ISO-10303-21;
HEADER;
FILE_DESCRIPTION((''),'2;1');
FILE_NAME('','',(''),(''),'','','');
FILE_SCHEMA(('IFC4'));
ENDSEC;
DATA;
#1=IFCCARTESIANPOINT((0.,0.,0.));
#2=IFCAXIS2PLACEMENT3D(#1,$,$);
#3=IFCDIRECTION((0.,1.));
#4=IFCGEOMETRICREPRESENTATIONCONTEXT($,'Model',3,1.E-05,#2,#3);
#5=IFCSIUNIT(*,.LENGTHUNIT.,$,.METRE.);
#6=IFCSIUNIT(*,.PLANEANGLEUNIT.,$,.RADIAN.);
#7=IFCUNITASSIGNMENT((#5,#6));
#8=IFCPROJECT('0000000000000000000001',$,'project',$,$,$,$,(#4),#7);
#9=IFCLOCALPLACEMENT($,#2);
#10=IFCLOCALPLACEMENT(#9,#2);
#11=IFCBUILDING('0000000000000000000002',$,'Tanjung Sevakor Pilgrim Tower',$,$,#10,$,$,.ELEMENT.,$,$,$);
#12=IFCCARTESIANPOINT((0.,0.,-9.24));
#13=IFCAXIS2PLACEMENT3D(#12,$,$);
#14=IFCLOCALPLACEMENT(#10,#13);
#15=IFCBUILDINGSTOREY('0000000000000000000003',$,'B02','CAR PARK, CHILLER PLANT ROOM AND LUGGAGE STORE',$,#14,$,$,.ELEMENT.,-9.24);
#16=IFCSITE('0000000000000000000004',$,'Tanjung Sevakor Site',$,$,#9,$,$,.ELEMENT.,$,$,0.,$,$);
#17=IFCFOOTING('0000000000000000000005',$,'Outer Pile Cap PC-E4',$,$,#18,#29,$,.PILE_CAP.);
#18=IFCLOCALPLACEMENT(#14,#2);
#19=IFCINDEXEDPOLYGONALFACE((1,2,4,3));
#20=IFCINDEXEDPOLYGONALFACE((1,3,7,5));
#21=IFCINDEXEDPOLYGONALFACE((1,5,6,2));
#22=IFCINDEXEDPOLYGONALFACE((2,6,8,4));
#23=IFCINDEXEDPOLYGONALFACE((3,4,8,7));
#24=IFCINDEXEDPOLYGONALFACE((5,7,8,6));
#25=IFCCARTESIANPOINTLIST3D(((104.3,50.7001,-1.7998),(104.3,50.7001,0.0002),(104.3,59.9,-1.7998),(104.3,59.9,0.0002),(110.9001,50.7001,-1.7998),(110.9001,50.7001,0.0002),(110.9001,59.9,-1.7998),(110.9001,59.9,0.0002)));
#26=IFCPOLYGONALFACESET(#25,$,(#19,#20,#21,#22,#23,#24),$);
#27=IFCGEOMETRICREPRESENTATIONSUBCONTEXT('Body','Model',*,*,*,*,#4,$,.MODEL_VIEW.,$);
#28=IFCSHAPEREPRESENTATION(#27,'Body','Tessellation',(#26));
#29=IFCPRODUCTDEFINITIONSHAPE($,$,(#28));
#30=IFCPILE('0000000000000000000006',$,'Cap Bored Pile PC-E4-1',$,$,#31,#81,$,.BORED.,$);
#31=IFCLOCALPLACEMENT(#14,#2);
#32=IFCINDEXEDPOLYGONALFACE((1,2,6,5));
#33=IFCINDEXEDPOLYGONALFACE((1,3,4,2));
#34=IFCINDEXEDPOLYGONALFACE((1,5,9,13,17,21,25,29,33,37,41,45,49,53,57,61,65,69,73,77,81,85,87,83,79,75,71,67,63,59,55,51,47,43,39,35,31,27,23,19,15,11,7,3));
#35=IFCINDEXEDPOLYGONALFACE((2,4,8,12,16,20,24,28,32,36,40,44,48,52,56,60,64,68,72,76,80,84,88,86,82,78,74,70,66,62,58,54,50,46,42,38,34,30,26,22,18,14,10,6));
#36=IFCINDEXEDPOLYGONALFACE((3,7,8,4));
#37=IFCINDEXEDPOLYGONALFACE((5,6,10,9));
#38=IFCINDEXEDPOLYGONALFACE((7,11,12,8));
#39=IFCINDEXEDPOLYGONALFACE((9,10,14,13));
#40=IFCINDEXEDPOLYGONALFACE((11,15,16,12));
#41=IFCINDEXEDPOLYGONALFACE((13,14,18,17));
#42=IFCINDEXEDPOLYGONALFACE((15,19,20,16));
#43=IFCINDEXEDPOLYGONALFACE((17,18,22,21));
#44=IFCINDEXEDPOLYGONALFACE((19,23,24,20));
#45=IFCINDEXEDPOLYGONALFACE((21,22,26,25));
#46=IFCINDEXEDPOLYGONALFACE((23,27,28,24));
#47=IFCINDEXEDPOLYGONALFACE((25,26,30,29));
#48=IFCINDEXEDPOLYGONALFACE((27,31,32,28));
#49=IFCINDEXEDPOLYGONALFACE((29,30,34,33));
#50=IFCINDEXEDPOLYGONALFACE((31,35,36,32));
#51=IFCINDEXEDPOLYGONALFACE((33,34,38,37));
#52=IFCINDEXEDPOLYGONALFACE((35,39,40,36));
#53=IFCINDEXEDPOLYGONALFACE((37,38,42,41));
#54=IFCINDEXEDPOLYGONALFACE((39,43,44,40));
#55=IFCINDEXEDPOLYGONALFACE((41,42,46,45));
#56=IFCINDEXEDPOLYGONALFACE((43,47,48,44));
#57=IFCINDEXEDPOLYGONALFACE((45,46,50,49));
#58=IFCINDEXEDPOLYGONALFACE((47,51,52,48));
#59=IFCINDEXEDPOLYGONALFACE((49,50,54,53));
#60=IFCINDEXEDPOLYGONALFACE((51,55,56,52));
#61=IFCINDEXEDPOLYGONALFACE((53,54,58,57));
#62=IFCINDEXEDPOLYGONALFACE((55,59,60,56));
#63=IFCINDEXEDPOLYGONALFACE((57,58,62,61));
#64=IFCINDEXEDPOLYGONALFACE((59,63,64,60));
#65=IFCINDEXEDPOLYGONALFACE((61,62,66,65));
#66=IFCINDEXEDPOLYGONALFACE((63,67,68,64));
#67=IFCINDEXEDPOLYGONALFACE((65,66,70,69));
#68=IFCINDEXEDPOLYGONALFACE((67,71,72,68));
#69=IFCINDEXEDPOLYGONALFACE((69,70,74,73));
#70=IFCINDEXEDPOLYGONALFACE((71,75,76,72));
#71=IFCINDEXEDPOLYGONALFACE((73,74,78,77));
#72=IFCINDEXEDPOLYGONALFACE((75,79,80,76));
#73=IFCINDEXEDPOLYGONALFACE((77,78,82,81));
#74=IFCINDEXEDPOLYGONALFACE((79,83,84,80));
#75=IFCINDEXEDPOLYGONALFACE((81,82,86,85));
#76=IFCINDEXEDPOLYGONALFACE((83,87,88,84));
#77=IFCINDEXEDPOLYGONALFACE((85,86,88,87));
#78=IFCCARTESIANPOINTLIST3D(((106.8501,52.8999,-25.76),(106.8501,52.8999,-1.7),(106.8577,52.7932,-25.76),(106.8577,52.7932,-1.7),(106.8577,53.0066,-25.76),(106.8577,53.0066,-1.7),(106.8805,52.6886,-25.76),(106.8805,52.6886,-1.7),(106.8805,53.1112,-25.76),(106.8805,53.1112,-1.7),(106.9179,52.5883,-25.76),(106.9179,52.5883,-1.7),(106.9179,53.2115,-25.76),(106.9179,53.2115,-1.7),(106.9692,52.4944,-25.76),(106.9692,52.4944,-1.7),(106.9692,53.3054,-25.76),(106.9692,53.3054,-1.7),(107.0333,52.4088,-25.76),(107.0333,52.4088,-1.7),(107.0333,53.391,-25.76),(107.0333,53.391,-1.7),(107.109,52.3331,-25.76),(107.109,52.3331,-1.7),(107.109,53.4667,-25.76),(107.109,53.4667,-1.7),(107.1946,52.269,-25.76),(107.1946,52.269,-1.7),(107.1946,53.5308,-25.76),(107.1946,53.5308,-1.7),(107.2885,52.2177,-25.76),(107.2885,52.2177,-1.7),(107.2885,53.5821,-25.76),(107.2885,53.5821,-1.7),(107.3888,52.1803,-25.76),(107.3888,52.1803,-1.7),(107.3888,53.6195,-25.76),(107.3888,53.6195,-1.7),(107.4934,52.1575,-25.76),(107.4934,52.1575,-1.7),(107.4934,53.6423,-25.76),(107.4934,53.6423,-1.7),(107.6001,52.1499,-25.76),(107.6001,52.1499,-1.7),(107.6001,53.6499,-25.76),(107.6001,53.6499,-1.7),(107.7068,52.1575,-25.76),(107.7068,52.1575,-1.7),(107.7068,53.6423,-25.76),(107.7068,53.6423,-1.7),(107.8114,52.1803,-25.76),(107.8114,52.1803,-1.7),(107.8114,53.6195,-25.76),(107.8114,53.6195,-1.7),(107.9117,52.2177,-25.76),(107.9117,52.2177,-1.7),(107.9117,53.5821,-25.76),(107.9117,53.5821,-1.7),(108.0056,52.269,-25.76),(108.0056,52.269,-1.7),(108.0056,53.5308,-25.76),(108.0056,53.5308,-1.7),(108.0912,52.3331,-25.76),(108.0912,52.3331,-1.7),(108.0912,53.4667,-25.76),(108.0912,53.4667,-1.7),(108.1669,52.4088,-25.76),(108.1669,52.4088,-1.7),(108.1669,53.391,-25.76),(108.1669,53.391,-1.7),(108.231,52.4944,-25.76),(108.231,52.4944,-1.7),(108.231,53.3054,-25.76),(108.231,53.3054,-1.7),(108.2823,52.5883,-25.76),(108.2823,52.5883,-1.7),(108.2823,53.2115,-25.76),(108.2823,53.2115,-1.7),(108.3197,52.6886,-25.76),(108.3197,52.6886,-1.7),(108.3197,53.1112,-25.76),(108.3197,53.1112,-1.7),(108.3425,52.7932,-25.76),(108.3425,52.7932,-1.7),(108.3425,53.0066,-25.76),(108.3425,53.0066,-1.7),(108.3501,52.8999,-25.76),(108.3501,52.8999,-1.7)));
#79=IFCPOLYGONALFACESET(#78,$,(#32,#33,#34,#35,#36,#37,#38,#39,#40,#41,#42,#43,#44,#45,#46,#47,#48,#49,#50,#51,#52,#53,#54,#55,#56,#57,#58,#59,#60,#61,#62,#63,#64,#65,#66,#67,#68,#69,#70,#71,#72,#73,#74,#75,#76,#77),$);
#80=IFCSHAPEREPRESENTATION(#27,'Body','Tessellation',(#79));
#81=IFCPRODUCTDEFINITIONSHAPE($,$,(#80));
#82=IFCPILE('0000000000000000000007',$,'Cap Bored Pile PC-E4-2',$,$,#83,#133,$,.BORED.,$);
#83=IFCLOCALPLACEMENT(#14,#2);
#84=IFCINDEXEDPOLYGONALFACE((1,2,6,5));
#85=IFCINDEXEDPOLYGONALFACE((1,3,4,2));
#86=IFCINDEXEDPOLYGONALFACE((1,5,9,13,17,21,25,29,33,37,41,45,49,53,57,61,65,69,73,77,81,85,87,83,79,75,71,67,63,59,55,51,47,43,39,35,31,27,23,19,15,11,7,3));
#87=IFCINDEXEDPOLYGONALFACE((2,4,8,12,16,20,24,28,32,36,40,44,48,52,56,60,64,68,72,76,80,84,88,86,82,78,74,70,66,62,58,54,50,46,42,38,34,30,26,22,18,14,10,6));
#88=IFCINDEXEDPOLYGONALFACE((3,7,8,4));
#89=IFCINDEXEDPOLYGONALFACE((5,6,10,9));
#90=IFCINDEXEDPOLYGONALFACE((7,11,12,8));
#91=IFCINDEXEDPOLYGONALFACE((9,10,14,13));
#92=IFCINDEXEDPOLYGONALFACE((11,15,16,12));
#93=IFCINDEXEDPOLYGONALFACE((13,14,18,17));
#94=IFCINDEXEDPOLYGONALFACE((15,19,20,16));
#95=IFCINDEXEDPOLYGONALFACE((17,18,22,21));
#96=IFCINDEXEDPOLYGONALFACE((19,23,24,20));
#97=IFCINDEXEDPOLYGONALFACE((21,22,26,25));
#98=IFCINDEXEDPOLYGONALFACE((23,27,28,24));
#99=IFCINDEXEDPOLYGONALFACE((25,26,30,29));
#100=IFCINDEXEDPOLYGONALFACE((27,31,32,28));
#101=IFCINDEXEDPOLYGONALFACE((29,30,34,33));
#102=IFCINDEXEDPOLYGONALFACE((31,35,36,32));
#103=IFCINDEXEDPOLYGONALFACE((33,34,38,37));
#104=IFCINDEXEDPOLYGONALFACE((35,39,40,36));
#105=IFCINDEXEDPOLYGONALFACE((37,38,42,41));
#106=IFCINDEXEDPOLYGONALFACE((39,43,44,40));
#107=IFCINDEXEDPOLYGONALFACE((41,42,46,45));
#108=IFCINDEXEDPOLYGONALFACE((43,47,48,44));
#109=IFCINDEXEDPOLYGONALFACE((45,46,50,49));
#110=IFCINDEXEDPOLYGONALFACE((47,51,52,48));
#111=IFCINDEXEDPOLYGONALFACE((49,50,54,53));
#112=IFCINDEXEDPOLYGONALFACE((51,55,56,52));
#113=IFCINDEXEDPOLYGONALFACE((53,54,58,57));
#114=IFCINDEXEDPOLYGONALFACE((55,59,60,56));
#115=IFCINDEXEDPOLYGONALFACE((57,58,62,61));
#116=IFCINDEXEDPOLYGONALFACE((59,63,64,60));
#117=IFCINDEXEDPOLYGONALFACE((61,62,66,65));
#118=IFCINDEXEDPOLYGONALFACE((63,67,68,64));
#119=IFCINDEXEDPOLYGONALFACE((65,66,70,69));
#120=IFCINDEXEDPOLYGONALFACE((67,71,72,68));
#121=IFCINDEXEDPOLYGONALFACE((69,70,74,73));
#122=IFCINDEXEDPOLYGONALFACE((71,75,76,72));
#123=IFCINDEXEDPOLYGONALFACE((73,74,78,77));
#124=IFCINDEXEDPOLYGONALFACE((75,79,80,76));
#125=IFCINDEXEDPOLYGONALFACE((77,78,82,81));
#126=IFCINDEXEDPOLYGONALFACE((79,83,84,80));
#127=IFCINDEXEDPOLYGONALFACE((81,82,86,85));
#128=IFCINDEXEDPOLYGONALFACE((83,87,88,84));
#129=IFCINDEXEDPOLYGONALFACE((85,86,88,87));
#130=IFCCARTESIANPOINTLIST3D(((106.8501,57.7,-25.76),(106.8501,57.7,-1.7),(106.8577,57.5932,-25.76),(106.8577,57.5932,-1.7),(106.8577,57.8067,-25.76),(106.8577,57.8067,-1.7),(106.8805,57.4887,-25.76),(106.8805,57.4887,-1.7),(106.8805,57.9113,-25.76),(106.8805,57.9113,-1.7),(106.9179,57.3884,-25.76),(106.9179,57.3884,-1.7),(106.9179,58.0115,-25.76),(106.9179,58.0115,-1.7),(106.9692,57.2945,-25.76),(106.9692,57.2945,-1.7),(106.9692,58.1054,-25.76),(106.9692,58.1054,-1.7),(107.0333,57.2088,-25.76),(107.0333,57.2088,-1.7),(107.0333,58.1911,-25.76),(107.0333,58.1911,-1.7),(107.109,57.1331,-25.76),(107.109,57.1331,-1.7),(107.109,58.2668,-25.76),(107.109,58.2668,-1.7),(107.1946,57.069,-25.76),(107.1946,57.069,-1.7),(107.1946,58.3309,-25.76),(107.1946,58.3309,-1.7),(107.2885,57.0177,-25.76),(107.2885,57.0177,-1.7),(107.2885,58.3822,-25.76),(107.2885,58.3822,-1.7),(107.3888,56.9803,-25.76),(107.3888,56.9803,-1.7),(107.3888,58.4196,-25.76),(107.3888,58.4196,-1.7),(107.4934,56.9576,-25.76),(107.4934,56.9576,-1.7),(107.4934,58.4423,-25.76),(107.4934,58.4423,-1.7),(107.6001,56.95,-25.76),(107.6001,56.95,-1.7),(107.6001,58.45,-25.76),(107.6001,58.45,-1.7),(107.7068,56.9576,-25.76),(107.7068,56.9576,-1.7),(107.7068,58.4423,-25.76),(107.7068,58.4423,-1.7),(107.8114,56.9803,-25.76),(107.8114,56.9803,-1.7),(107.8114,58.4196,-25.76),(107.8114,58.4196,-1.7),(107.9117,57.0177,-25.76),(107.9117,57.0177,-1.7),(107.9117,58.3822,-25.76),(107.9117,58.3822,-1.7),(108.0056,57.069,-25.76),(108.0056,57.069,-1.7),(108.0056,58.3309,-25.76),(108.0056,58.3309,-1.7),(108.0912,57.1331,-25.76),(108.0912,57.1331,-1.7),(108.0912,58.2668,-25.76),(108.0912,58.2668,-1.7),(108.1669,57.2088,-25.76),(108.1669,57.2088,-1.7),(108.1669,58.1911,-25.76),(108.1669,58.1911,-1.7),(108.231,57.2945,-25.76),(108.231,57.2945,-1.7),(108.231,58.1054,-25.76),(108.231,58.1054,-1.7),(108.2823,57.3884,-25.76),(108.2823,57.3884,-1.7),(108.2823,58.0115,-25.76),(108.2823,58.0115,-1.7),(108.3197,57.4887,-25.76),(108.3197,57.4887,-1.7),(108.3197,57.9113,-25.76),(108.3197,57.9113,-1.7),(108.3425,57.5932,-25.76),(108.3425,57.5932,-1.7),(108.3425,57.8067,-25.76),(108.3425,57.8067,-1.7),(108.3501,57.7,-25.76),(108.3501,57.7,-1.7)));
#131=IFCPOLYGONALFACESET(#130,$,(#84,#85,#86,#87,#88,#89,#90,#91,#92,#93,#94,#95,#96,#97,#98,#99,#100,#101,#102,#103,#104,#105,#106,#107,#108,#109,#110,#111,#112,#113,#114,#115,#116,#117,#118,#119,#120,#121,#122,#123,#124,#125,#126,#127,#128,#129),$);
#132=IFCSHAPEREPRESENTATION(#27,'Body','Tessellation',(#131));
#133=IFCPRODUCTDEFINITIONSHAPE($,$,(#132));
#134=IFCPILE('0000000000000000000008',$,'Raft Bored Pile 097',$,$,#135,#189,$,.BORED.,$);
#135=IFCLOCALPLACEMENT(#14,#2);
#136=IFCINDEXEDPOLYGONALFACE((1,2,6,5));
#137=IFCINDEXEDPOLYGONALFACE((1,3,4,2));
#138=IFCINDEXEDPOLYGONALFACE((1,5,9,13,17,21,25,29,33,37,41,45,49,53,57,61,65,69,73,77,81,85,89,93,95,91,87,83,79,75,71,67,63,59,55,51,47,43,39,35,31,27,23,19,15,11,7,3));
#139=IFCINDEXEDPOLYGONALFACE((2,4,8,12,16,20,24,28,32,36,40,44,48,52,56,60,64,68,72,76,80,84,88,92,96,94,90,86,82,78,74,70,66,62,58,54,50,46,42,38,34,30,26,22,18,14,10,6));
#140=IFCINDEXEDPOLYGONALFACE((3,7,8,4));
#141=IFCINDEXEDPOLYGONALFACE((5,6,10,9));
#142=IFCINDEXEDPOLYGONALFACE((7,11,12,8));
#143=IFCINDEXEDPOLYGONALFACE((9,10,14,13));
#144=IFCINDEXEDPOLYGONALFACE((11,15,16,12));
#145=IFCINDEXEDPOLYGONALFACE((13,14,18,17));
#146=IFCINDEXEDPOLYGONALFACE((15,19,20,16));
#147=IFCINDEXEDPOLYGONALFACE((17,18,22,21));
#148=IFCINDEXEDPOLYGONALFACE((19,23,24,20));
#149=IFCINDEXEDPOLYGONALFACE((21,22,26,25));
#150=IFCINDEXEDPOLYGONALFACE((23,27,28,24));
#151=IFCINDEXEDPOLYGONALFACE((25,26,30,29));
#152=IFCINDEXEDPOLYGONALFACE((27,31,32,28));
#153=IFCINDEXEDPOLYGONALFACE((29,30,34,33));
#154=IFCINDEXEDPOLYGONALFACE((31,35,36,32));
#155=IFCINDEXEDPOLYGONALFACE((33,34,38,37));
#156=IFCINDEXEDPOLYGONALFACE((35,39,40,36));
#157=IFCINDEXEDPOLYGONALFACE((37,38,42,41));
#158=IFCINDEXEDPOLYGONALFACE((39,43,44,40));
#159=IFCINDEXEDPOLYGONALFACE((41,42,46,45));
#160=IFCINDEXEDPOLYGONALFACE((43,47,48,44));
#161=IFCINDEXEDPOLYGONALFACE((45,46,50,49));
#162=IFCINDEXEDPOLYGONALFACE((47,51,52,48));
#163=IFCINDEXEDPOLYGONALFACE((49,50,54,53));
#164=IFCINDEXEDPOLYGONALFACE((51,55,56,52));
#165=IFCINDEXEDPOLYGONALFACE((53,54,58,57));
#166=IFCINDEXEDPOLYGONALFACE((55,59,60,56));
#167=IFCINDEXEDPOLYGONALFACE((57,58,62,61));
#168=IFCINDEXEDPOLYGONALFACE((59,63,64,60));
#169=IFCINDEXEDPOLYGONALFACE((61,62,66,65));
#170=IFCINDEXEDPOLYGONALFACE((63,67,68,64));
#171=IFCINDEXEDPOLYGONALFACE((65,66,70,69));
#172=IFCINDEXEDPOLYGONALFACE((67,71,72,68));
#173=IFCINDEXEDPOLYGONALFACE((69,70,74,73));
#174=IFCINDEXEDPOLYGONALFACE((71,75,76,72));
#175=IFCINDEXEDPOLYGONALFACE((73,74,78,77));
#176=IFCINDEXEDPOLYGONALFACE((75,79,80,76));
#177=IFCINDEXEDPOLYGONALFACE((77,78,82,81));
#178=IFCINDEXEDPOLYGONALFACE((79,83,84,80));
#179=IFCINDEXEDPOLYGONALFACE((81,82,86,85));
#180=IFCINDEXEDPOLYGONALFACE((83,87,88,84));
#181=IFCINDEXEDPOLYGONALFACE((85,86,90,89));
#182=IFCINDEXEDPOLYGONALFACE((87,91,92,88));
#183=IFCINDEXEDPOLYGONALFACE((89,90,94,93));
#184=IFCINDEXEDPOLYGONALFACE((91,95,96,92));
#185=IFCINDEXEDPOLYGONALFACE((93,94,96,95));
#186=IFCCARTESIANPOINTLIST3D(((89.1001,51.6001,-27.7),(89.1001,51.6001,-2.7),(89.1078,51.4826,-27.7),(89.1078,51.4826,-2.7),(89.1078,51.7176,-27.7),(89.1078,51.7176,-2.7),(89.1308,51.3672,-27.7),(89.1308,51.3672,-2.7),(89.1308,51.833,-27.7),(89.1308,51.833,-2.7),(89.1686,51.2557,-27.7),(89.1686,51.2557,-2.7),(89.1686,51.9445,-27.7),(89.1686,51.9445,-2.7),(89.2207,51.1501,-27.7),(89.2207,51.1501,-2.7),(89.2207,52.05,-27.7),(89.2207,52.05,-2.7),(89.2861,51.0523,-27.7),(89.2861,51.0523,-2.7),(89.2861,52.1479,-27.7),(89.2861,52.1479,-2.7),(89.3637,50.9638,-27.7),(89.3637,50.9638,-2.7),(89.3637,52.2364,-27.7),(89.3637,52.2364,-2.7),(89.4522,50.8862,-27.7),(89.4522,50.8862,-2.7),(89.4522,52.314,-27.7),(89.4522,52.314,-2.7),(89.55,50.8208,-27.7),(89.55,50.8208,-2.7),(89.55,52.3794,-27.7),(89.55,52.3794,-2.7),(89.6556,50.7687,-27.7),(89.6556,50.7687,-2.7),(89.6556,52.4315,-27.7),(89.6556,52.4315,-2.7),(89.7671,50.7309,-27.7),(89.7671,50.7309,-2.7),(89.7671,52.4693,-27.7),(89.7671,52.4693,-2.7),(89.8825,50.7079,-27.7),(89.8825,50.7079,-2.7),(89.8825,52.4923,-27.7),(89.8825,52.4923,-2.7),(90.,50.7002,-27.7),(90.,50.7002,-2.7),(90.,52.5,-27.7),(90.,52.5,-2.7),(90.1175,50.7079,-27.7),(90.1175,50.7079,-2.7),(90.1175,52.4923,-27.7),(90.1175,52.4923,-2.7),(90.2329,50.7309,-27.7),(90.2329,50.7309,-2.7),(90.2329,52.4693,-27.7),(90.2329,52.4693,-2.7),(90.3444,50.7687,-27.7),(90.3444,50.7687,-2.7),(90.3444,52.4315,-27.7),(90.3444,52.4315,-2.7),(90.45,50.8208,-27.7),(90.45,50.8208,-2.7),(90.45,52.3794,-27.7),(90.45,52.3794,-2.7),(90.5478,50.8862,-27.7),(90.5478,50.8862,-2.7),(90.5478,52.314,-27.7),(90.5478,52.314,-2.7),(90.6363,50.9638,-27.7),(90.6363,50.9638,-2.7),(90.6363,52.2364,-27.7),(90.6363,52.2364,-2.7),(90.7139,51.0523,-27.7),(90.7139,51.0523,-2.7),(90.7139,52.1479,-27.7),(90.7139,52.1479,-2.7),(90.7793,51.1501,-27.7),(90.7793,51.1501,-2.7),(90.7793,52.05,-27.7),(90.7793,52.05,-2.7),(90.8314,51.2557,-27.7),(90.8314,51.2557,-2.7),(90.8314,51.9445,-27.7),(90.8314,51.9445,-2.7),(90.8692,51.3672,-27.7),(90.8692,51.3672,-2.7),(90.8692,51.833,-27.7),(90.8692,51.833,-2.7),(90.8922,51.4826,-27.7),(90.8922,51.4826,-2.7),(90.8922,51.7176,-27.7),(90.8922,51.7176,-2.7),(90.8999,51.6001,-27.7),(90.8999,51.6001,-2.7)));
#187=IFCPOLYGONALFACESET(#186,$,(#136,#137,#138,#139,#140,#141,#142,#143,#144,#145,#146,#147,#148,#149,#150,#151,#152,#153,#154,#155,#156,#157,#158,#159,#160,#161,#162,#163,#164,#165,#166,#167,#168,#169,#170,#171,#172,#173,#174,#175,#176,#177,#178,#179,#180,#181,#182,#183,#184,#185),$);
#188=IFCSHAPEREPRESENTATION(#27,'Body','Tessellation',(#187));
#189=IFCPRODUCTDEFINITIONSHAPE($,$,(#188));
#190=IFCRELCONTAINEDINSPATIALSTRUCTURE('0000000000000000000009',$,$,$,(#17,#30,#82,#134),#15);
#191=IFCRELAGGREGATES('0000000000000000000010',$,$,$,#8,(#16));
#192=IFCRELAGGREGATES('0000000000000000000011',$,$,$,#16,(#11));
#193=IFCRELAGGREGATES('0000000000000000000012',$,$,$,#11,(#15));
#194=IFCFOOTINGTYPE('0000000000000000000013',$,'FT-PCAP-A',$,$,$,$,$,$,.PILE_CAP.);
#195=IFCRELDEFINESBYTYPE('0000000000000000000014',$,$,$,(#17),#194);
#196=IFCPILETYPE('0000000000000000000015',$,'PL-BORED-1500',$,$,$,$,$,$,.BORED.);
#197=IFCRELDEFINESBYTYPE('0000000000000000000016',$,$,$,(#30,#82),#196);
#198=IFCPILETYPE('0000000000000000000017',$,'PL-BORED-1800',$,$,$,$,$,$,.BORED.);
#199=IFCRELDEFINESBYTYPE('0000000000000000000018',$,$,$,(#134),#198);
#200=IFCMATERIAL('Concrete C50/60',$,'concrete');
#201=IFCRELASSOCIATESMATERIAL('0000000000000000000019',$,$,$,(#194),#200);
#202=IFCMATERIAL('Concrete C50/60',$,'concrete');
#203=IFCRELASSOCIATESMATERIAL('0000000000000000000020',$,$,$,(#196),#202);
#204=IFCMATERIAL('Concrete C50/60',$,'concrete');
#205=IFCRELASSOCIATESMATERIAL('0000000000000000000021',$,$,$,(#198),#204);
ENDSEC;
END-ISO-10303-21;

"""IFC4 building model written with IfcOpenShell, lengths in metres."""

from ifc_helpers import new_model, si_unit, direction, frame, origin, origin_2d, place, context, subcontext, project, spatial, rectangle, circle, extrude, material, material_profile, profile_set, type_object, element, save


model = new_model("IFC4")

# Units and contexts
model_context = context("Model", 3, precision=1e-05, world=origin(), true_north=direction((0.0, 1.0)))
body_context = subcontext(model_context, "Body", "Model", "MODEL_VIEW")
ifc_project = project(units=[si_unit("LENGTHUNIT", "METRE"), si_unit("PLANEANGLEUNIT", "RADIAN")], contexts=[model_context])

# Site, building, storey
site_placement = place(None, origin())
site = spatial("IfcSite", under=ifc_project, at=site_placement, Name="Tanjung Sevakor Site", CompositionType="ELEMENT", RefElevation=0.0)
building_placement = place(site_placement, origin())
building = spatial("IfcBuilding", under=site, at=building_placement, Name="Tanjung Sevakor Pilgrim Tower", CompositionType="ELEMENT")
storey_placement = place(building_placement, frame((0.0, 0.0, -9.24)))
storey = spatial("IfcBuildingStorey", under=building, at=storey_placement, Name="B02", Description="CAR PARK, CHILLER PLANT ROOM AND LUGGAGE STORE", CompositionType="ELEMENT", Elevation=-9.24)

# Footing
ifc_material_1 = material(Name="Concrete C50/60", Category="concrete")
footing_type = type_object("IfcFootingType", Name="FT-PCAP-A", PredefinedType="PILE_CAP", material=ifc_material_1)
footing_placement = place(storey_placement, frame((107.6001, 55.3, -1.7998), z_axis=(0.0, 0.0, 1.0), x_axis=(1.0, 0.0, 0.0)))
element("IfcFooting", 1, at=footing_placement, inside=storey, type_object=footing_type, Name="Outer Pile Cap PC-E4", PredefinedType="PILE_CAP", context=body_context, shape_type="SweptSolid", body=[
    extrude(rectangle(XDim=6.6001, YDim=9.2, at=origin_2d()), origin(), (0.0, 0.0, 1.0), 1.8),
])

# Piles
ifc_material_2 = material(Name="Concrete C50/60", Category="concrete")
ifc_material_profile_1 = material_profile(ifc_material_2, circle(Radius=0.75, at=origin_2d()))
ifc_profile_set_1 = profile_set([ifc_material_profile_1], Name="Concrete C50/60")
pile_type_1 = type_object("IfcPileType", Name="PL-BORED-1500", PredefinedType="BORED", material=ifc_profile_set_1)
for number, where, z_axis, x_axis, name in (
    (2, (107.6001, 52.8999, -1.7), (0.0, 0.0, -1.0), (1.0, 0.0, 0.0), "Cap Bored Pile PC-E4-1"),
    (3, (107.6001, 57.7, -1.7), (0.0, 0.0, -1.0), (1.0, 0.0, 0.0), "Cap Bored Pile PC-E4-2"),
):
    element("IfcPile", number, at=place(storey_placement, frame(where, z_axis=z_axis, x_axis=x_axis)), inside=storey, type_object=pile_type_1, Name=name, PredefinedType="BORED", context=body_context, shape_type="SweptSolid", body=[
        extrude(circle(Radius=0.75, at=origin_2d()), origin(), (0.0, 0.0, 1.0), 24.0601),
    ])
ifc_material_3 = material(Name="Concrete C50/60", Category="concrete")
ifc_material_profile_2 = material_profile(ifc_material_3, circle(Radius=0.8999, at=origin_2d()))
ifc_profile_set_2 = profile_set([ifc_material_profile_2], Name="Concrete C50/60")
pile_type_2 = type_object("IfcPileType", Name="PL-BORED-1800", PredefinedType="BORED", material=ifc_profile_set_2)
for number, where, z_axis, x_axis, name in (
    (4, (90.0, 51.6001, -2.7), (0.0, 0.0, -1.0), (1.0, 0.0, 0.0), "Raft Bored Pile 097"),
):
    element("IfcPile", number, at=place(storey_placement, frame(where, z_axis=z_axis, x_axis=x_axis)), inside=storey, type_object=pile_type_2, Name=name, PredefinedType="BORED", context=body_context, shape_type="SweptSolid", body=[
        extrude(circle(Radius=0.8999, at=origin_2d()), origin(), (0.0, 0.0, 1.0), 25.0),
    ])

save(model, "model.ifc")
